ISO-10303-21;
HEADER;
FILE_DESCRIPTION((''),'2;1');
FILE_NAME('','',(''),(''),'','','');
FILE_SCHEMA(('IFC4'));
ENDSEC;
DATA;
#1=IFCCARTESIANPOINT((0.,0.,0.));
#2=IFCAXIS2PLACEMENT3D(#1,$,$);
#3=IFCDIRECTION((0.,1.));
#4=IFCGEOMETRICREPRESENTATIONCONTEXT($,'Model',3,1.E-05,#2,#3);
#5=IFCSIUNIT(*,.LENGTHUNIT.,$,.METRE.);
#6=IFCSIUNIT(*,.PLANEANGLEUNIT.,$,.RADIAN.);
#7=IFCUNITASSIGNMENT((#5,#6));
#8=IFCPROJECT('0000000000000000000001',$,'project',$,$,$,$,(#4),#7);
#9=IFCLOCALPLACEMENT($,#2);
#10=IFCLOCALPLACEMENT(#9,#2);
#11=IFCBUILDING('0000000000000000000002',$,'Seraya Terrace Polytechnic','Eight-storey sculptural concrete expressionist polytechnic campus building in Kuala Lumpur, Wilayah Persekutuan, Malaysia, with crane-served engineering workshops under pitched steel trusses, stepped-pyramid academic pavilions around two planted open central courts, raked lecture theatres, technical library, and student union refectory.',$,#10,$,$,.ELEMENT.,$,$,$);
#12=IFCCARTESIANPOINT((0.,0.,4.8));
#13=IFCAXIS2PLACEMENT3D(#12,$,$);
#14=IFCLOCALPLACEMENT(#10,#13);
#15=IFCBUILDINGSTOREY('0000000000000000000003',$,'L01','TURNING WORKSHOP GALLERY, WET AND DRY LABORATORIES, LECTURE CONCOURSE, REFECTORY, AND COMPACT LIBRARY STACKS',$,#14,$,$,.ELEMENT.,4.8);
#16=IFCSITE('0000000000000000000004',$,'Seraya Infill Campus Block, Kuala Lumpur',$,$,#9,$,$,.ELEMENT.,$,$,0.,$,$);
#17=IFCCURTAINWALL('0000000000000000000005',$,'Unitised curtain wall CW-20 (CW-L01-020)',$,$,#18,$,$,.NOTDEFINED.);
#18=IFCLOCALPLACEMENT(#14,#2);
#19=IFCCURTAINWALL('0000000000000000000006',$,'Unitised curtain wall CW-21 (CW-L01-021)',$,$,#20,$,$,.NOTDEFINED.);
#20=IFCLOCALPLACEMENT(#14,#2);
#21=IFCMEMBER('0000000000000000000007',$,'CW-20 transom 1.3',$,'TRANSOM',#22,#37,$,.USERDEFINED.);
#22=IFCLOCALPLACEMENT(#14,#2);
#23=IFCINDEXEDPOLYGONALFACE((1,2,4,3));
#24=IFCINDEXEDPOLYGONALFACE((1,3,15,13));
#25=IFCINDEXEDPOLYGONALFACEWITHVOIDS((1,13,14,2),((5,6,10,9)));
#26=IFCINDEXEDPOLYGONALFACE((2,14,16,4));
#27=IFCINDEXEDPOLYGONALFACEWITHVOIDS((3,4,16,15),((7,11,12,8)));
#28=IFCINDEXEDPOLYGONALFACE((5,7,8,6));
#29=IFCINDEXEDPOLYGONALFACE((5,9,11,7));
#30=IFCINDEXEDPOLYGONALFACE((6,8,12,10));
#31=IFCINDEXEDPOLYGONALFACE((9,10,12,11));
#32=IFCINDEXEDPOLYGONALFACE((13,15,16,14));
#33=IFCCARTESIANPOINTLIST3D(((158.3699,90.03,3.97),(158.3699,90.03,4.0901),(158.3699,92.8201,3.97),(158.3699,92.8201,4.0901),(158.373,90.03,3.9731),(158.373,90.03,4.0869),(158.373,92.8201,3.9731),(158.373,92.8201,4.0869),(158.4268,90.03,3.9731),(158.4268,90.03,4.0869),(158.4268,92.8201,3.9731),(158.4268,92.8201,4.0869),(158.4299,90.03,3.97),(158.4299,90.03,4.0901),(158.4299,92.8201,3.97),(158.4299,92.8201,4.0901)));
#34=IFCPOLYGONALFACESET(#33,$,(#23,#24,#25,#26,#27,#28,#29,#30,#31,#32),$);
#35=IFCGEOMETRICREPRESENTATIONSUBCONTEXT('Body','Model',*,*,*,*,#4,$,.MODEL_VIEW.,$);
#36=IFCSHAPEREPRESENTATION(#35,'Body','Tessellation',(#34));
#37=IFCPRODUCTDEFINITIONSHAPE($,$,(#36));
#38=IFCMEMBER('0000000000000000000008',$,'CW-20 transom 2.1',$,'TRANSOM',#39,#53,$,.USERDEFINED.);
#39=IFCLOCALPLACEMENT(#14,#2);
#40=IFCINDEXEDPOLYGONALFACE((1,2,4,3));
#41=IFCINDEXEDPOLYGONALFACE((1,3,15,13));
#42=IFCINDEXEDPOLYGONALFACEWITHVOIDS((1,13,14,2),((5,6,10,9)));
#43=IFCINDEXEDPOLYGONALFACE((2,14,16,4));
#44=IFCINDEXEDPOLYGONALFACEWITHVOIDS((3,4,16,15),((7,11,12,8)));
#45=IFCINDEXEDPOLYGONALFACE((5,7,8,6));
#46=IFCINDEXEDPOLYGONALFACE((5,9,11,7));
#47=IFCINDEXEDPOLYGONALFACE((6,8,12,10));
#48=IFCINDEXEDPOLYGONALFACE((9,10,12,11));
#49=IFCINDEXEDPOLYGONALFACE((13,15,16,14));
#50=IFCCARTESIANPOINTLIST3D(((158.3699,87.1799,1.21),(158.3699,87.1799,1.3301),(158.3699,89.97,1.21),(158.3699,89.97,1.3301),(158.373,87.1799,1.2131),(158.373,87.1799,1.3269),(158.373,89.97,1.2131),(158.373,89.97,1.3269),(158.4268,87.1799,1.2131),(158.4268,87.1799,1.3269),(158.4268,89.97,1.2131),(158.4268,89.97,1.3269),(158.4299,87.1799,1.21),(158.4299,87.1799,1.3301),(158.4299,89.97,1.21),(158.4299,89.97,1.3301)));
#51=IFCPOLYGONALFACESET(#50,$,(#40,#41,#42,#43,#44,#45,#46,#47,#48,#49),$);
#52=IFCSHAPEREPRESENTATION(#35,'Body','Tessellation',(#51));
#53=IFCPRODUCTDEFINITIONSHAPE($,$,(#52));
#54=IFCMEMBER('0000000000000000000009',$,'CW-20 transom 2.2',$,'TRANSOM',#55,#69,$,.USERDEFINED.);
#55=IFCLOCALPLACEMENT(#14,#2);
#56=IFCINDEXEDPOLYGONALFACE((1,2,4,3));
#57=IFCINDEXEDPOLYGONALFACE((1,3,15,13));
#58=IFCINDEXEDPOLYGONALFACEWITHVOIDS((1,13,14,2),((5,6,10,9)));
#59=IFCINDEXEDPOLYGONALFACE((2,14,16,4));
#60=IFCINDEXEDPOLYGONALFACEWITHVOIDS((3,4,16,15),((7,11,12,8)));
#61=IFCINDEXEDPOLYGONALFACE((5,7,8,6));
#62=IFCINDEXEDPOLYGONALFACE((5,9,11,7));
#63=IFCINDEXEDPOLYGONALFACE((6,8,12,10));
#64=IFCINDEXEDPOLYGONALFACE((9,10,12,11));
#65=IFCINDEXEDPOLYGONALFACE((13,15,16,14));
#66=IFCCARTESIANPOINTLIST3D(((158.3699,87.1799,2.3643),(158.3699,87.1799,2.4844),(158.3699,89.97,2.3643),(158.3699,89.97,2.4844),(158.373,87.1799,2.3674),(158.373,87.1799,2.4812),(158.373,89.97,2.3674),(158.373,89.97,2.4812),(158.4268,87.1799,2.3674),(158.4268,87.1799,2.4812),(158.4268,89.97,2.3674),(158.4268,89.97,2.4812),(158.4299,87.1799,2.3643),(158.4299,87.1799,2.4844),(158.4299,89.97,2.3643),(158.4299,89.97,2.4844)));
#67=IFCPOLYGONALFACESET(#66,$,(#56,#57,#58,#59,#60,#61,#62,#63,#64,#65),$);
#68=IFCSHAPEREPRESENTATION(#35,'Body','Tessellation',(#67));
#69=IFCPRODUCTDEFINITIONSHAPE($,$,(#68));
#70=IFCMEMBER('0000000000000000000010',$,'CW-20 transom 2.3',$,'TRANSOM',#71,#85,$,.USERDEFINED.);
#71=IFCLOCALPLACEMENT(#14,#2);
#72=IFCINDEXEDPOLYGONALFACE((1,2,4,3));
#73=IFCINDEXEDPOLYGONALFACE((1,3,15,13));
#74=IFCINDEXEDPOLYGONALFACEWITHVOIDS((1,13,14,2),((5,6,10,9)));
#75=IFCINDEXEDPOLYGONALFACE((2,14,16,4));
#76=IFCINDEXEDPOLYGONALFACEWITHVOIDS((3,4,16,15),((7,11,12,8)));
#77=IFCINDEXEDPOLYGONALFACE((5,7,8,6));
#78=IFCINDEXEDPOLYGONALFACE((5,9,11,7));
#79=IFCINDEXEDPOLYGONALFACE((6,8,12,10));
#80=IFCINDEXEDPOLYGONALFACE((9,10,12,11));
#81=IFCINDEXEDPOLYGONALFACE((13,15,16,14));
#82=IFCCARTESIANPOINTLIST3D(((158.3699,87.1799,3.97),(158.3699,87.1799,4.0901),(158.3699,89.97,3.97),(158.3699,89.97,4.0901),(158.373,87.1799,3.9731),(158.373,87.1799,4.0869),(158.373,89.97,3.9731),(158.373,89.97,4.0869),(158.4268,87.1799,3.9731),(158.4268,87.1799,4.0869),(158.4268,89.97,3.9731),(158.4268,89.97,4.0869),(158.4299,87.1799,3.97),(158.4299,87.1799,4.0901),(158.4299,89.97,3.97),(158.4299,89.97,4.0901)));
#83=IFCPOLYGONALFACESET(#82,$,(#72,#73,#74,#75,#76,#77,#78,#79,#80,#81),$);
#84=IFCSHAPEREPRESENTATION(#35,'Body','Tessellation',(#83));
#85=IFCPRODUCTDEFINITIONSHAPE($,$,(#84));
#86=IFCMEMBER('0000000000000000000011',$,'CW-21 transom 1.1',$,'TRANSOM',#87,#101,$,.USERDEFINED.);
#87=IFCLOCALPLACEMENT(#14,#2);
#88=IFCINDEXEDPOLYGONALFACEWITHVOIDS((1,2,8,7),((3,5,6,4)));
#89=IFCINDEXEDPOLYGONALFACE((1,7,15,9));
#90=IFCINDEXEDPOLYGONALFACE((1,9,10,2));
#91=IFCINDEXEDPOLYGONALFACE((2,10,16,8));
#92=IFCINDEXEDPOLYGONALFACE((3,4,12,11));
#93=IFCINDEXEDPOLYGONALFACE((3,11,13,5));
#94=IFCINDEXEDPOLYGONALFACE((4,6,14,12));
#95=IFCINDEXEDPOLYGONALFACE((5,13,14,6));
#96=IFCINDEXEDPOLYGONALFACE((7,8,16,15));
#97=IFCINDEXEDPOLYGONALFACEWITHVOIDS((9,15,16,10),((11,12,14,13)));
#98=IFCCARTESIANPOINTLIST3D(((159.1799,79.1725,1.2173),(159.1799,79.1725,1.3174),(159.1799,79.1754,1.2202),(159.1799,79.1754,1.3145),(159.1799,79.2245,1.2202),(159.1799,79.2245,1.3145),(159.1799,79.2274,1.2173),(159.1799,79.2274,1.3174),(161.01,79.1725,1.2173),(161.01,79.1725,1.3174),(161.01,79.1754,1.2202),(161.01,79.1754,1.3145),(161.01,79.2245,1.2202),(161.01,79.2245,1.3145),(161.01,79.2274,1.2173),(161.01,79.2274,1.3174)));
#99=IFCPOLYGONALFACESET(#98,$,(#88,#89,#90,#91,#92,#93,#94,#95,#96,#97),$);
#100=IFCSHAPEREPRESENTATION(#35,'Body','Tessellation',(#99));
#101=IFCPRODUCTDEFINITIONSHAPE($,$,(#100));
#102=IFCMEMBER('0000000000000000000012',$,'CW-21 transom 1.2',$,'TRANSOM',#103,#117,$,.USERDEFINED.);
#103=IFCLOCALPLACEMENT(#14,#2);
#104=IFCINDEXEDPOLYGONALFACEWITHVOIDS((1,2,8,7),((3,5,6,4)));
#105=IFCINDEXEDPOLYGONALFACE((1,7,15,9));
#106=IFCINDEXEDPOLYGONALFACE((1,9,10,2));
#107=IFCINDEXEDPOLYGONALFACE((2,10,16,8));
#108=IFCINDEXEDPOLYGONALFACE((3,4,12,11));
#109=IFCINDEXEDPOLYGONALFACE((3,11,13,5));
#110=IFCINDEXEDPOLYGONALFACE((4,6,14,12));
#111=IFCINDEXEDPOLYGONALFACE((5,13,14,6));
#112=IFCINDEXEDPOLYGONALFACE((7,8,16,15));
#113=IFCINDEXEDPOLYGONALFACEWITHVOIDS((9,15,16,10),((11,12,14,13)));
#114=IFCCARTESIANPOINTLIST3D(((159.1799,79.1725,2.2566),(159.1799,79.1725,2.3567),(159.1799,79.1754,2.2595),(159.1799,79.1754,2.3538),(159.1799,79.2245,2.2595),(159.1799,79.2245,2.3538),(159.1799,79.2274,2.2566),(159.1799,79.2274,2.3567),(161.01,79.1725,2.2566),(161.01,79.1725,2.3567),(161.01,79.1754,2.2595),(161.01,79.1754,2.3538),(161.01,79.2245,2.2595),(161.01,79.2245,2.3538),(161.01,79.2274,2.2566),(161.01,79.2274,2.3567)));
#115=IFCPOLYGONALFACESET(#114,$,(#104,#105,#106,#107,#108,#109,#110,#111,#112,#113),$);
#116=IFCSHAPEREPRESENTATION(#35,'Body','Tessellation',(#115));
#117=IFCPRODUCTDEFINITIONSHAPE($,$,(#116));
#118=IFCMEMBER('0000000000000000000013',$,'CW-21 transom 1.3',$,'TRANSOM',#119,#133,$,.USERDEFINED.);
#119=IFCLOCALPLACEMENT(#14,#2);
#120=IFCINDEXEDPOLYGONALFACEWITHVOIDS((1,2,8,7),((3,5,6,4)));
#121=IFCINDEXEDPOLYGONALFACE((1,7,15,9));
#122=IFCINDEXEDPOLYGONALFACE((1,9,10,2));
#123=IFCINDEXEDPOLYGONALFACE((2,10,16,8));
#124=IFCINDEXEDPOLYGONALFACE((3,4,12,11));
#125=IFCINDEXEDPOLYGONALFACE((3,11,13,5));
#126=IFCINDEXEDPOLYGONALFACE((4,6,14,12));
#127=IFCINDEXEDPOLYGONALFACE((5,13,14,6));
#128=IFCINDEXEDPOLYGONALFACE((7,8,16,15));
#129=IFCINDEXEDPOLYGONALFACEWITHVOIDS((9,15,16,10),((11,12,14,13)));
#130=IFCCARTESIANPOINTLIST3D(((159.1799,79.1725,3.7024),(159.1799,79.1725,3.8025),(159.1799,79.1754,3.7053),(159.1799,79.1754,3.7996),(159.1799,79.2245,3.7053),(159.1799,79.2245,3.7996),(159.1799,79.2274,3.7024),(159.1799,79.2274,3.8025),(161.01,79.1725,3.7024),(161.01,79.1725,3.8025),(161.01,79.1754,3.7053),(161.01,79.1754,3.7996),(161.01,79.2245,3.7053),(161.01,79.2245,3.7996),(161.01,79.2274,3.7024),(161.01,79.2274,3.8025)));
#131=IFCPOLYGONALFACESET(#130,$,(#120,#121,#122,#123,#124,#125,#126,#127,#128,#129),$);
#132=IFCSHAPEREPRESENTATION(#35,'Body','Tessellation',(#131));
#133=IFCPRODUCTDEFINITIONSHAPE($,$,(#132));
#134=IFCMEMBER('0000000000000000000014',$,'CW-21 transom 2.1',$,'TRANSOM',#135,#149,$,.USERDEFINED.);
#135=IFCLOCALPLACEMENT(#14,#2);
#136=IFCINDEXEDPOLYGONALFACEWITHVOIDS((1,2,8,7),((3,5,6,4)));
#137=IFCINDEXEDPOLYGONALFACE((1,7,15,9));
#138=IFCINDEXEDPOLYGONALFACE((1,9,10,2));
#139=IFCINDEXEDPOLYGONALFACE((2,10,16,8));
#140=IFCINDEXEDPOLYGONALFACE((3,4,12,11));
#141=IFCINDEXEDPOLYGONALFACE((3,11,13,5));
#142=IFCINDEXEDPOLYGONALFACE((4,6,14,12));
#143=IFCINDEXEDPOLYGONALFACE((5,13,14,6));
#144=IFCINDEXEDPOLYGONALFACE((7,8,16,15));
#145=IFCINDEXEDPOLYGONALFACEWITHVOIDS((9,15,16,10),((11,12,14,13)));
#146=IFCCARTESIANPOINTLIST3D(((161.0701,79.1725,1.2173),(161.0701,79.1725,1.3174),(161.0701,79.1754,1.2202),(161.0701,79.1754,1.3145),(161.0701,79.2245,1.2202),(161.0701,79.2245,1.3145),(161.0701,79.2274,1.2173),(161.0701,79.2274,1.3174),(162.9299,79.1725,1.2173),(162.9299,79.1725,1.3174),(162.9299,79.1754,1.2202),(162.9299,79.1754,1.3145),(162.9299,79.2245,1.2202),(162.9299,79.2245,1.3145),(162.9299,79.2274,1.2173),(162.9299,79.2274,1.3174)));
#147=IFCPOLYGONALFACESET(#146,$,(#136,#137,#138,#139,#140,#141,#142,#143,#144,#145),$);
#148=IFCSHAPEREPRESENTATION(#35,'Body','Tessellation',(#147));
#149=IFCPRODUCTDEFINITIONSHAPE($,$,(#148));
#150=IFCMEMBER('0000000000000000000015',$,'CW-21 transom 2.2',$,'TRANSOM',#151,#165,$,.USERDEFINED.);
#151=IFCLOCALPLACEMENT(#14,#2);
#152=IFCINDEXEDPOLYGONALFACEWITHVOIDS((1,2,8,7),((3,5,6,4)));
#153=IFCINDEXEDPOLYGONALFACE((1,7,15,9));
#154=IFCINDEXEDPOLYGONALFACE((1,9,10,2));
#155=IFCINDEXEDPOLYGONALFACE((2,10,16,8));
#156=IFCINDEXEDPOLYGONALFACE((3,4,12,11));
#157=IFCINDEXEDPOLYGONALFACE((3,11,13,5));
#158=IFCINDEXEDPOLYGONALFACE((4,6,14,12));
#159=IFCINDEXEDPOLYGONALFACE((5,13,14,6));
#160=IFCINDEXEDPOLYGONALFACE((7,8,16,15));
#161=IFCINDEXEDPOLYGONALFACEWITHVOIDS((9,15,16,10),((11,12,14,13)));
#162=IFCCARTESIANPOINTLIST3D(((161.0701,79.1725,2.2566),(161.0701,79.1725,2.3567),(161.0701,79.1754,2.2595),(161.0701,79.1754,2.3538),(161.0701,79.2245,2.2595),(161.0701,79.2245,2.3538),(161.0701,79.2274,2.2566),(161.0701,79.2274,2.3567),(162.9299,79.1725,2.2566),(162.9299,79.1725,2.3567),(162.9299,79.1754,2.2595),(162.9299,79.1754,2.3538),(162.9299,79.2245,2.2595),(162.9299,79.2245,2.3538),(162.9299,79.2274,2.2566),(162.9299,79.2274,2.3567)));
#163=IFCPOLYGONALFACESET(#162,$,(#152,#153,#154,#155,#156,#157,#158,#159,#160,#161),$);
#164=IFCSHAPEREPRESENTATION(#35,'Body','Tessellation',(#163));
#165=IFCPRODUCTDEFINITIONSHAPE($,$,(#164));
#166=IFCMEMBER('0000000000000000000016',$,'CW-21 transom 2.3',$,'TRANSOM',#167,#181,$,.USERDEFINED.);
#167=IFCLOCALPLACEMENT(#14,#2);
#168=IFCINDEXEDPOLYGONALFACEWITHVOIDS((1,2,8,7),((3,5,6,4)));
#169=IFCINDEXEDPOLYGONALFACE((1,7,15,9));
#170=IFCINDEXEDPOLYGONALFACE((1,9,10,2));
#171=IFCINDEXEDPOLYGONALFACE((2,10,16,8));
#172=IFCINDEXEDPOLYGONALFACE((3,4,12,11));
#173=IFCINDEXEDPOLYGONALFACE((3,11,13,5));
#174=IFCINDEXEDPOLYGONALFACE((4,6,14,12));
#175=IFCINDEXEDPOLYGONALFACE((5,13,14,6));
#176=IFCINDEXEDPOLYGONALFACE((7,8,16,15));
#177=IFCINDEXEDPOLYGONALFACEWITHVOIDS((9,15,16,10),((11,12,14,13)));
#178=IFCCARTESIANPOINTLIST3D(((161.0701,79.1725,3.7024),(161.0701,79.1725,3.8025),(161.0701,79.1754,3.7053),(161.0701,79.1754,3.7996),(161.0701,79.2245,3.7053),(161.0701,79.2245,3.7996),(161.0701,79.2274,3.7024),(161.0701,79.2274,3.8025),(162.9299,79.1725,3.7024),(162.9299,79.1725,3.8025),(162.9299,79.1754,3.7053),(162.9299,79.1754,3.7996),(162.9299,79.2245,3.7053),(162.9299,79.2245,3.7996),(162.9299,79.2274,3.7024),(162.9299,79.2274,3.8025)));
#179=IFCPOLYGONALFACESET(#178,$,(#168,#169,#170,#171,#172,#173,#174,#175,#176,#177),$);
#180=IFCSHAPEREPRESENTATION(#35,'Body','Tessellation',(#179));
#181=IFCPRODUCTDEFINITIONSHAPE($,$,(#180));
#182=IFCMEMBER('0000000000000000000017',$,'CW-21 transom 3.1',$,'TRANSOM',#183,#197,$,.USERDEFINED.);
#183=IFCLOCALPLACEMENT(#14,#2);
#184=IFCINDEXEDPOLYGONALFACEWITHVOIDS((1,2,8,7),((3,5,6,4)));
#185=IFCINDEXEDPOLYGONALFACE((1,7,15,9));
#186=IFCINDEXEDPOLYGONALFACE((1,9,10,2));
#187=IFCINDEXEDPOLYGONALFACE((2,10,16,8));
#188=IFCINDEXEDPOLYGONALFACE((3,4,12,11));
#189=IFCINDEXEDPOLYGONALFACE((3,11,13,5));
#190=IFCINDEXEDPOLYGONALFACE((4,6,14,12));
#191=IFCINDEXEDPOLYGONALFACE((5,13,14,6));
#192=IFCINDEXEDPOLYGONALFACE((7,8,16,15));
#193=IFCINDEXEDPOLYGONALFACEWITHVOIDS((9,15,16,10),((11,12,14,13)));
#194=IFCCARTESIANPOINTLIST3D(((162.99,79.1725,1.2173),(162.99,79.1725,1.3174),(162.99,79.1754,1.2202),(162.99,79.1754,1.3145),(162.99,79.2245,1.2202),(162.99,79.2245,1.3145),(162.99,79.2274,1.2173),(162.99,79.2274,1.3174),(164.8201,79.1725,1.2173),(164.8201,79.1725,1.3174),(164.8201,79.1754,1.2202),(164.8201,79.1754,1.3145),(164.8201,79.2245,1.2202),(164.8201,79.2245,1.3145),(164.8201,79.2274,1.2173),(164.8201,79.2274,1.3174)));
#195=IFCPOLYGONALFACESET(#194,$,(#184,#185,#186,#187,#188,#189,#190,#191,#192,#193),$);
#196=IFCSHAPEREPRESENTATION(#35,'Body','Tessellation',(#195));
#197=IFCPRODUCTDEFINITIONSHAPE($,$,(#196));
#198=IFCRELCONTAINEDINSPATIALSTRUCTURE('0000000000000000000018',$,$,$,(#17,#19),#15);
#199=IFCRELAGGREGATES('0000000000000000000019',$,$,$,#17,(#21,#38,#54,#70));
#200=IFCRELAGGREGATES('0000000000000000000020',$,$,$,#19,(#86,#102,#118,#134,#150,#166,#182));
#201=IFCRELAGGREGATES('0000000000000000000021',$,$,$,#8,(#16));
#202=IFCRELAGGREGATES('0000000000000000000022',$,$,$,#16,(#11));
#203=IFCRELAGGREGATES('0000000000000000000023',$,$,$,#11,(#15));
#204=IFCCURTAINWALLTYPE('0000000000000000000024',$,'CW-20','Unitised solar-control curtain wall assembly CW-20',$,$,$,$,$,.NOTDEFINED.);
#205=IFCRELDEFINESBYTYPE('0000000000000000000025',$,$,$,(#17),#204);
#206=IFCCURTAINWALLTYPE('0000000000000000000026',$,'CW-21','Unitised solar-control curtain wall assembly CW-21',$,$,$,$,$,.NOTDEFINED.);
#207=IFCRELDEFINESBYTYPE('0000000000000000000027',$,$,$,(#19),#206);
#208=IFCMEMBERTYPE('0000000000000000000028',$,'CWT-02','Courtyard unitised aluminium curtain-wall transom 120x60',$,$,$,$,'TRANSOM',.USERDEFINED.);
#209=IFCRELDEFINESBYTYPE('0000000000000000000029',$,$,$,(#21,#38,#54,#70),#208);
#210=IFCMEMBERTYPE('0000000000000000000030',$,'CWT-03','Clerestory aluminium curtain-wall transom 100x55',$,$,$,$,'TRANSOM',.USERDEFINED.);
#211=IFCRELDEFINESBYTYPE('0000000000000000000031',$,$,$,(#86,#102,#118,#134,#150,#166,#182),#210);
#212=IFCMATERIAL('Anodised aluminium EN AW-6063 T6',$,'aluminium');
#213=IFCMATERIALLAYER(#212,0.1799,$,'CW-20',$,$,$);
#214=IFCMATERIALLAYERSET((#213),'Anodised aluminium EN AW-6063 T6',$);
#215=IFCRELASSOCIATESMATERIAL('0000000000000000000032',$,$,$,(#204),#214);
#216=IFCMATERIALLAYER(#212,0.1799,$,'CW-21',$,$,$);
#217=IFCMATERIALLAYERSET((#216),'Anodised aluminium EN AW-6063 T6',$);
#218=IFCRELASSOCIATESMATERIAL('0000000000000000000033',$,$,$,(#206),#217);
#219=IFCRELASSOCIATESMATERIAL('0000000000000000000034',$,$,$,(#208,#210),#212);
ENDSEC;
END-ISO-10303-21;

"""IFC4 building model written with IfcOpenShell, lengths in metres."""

from ifc_helpers import new_model, si_unit, direction, frame, origin, origin_2d, place, context, subcontext, project, spatial, hollow_rectangle, extrude, material, layer, layer_set, material_profile, profile_set, type_object, element, aggregate, save


model = new_model("IFC4")

# Units and contexts
model_context = context("Model", 3, precision=1e-05, world=origin(), true_north=direction((0.0, 1.0)))
body_context = subcontext(model_context, "Body", "Model", "MODEL_VIEW")
ifc_project = project(units=[si_unit("LENGTHUNIT", "METRE"), si_unit("PLANEANGLEUNIT", "RADIAN")], contexts=[model_context])

# Site, building, storey
site_placement = place(None, origin())
site = spatial("IfcSite", under=ifc_project, at=site_placement, Name="Seraya Infill Campus Block, Kuala Lumpur", CompositionType="ELEMENT", RefElevation=0.0)
building_placement = place(site_placement, origin())
building = spatial("IfcBuilding", under=site, at=building_placement, Name="Seraya Terrace Polytechnic", Description="Eight-storey sculptural concrete expressionist polytechnic campus building in Kuala Lumpur, Wilayah Persekutuan, Malaysia, with crane-served engineering workshops under pitched steel trusses, stepped-pyramid academic pavilions around two planted open central courts, raked lecture theatres, technical library, and student union refectory.", CompositionType="ELEMENT")
storey_placement = place(building_placement, frame((0.0, 0.0, 4.8)))
storey = spatial("IfcBuildingStorey", under=building, at=storey_placement, Name="L01", Description="TURNING WORKSHOP GALLERY, WET AND DRY LABORATORIES, LECTURE CONCOURSE, REFECTORY, AND COMPACT LIBRARY STACKS", CompositionType="ELEMENT", Elevation=4.8)

# Curtain walls
ifc_material_1 = material(Name="Anodised aluminium EN AW-6063 T6", Category="aluminium")
ifc_layer_1 = layer(ifc_material_1, 0.1799, Name="CW-20")
ifc_layer_set_1 = layer_set([ifc_layer_1], Name="Anodised aluminium EN AW-6063 T6")
curtain_wall_type_1 = type_object("IfcCurtainWallType", Name="CW-20", Description="Unitised solar-control curtain wall assembly CW-20", PredefinedType="NOTDEFINED", material=ifc_layer_set_1)
curtain_wall_1_placement = place(storey_placement, origin())
curtain_wall_1 = element("IfcCurtainWall", 1, at=curtain_wall_1_placement, inside=storey, type_object=curtain_wall_type_1, Name="Unitised curtain wall CW-20 (CW-L01-020)", PredefinedType="NOTDEFINED")
ifc_layer_2 = layer(ifc_material_1, 0.1799, Name="CW-21")
ifc_layer_set_2 = layer_set([ifc_layer_2], Name="Anodised aluminium EN AW-6063 T6")
curtain_wall_type_2 = type_object("IfcCurtainWallType", Name="CW-21", Description="Unitised solar-control curtain wall assembly CW-21", PredefinedType="NOTDEFINED", material=ifc_layer_set_2)
curtain_wall_2_placement = place(storey_placement, origin())
curtain_wall_2 = element("IfcCurtainWall", 2, at=curtain_wall_2_placement, inside=storey, type_object=curtain_wall_type_2, Name="Unitised curtain wall CW-21 (CW-L01-021)", PredefinedType="NOTDEFINED")

# Members
ifc_material_profile_1 = material_profile(ifc_material_1, hollow_rectangle(XDim=0.0601, YDim=0.1201, WallThickness=0.0032, at=origin_2d()), Name="RHS 120x60x3.2")
ifc_profile_set_1 = profile_set([ifc_material_profile_1], Name="Anodised aluminium EN AW-6063 T6")
member_type_1 = type_object("IfcMemberType", Name="CWT-02", Description="Courtyard unitised aluminium curtain-wall transom 120x60", ElementType="TRANSOM", PredefinedType="USERDEFINED", material=ifc_profile_set_1)
member_1_placement = place(storey_placement, frame((158.3999, 92.8201, 4.03), z_axis=(0.0, -1.0, 0.0), x_axis=(1.0, 0.0, 0.0)))
member_1 = element("IfcMember", 3, at=member_1_placement, type_object=member_type_1, Name="CW-20 transom 1.3", ObjectType="TRANSOM", PredefinedType="USERDEFINED", context=body_context, shape_type="SweptSolid", body=[
    extrude(hollow_rectangle(XDim=0.0601, YDim=0.1201, WallThickness=0.0032, at=origin_2d()), origin(), (0.0, 0.0, 1.0), 2.79),
])
member_2_placement = place(storey_placement, frame((158.3999, 89.97, 1.27), z_axis=(0.0, -1.0, 0.0), x_axis=(1.0, 0.0, 0.0)))
member_2 = element("IfcMember", 4, at=member_2_placement, type_object=member_type_1, Name="CW-20 transom 2.1", ObjectType="TRANSOM", PredefinedType="USERDEFINED", context=body_context, shape_type="SweptSolid", body=[
    extrude(hollow_rectangle(XDim=0.0601, YDim=0.1201, WallThickness=0.0032, at=origin_2d()), origin(), (0.0, 0.0, 1.0), 2.79),
])
member_3_placement = place(storey_placement, frame((158.3999, 89.97, 2.4243), z_axis=(0.0, -1.0, 0.0), x_axis=(1.0, 0.0, 0.0)))
member_3 = element("IfcMember", 5, at=member_3_placement, type_object=member_type_1, Name="CW-20 transom 2.2", ObjectType="TRANSOM", PredefinedType="USERDEFINED", context=body_context, shape_type="SweptSolid", body=[
    extrude(hollow_rectangle(XDim=0.0601, YDim=0.1201, WallThickness=0.0032, at=origin_2d()), origin(), (0.0, 0.0, 1.0), 2.79),
])
member_4_placement = place(storey_placement, frame((158.3999, 89.97, 4.03), z_axis=(0.0, -1.0, 0.0), x_axis=(1.0, 0.0, 0.0)))
member_4 = element("IfcMember", 6, at=member_4_placement, type_object=member_type_1, Name="CW-20 transom 2.3", ObjectType="TRANSOM", PredefinedType="USERDEFINED", context=body_context, shape_type="SweptSolid", body=[
    extrude(hollow_rectangle(XDim=0.0601, YDim=0.1201, WallThickness=0.0032, at=origin_2d()), origin(), (0.0, 0.0, 1.0), 2.79),
])
ifc_material_profile_2 = material_profile(ifc_material_1, hollow_rectangle(XDim=0.0549, YDim=0.1001, WallThickness=0.0029, at=origin_2d()), Name="RHS 100x55x3.0")
ifc_profile_set_2 = profile_set([ifc_material_profile_2], Name="Anodised aluminium EN AW-6063 T6")
member_type_2 = type_object("IfcMemberType", Name="CWT-03", Description="Clerestory aluminium curtain-wall transom 100x55", ElementType="TRANSOM", PredefinedType="USERDEFINED", material=ifc_profile_set_2)
member_5_placement = place(storey_placement, frame((159.1799, 79.2, 1.2673), z_axis=(1.0, 0.0, 0.0), x_axis=(0.0, 1.0, 0.0)))
member_5 = element("IfcMember", 7, at=member_5_placement, type_object=member_type_2, Name="CW-21 transom 1.1", ObjectType="TRANSOM", PredefinedType="USERDEFINED", context=body_context, shape_type="SweptSolid", body=[
    extrude(hollow_rectangle(XDim=0.0549, YDim=0.1001, WallThickness=0.0029, at=origin_2d()), origin(), (0.0, 0.0, 1.0), 1.8301),
])
member_6_placement = place(storey_placement, frame((159.1799, 79.2, 2.3066), z_axis=(1.0, 0.0, 0.0), x_axis=(0.0, 1.0, 0.0)))
member_6 = element("IfcMember", 8, at=member_6_placement, type_object=member_type_2, Name="CW-21 transom 1.2", ObjectType="TRANSOM", PredefinedType="USERDEFINED", context=body_context, shape_type="SweptSolid", body=[
    extrude(hollow_rectangle(XDim=0.0549, YDim=0.1001, WallThickness=0.0029, at=origin_2d()), origin(), (0.0, 0.0, 1.0), 1.8301),
])
member_7_placement = place(storey_placement, frame((159.1799, 79.2, 3.7524), z_axis=(1.0, 0.0, 0.0), x_axis=(0.0, 1.0, 0.0)))
member_7 = element("IfcMember", 9, at=member_7_placement, type_object=member_type_2, Name="CW-21 transom 1.3", ObjectType="TRANSOM", PredefinedType="USERDEFINED", context=body_context, shape_type="SweptSolid", body=[
    extrude(hollow_rectangle(XDim=0.0549, YDim=0.1001, WallThickness=0.0029, at=origin_2d()), origin(), (0.0, 0.0, 1.0), 1.8301),
])
member_8_placement = place(storey_placement, frame((161.0701, 79.2, 1.2673), z_axis=(1.0, 0.0, 0.0), x_axis=(0.0, 1.0, 0.0)))
member_8 = element("IfcMember", 10, at=member_8_placement, type_object=member_type_2, Name="CW-21 transom 2.1", ObjectType="TRANSOM", PredefinedType="USERDEFINED", context=body_context, shape_type="SweptSolid", body=[
    extrude(hollow_rectangle(XDim=0.0549, YDim=0.1001, WallThickness=0.0029, at=origin_2d()), origin(), (0.0, 0.0, 1.0), 1.8599),
])
member_9_placement = place(storey_placement, frame((161.0701, 79.2, 2.3066), z_axis=(1.0, 0.0, 0.0), x_axis=(0.0, 1.0, 0.0)))
member_9 = element("IfcMember", 11, at=member_9_placement, type_object=member_type_2, Name="CW-21 transom 2.2", ObjectType="TRANSOM", PredefinedType="USERDEFINED", context=body_context, shape_type="SweptSolid", body=[
    extrude(hollow_rectangle(XDim=0.0549, YDim=0.1001, WallThickness=0.0029, at=origin_2d()), origin(), (0.0, 0.0, 1.0), 1.8599),
])
member_10_placement = place(storey_placement, frame((161.0701, 79.2, 3.7524), z_axis=(1.0, 0.0, 0.0), x_axis=(0.0, 1.0, 0.0)))
member_10 = element("IfcMember", 12, at=member_10_placement, type_object=member_type_2, Name="CW-21 transom 2.3", ObjectType="TRANSOM", PredefinedType="USERDEFINED", context=body_context, shape_type="SweptSolid", body=[
    extrude(hollow_rectangle(XDim=0.0549, YDim=0.1001, WallThickness=0.0029, at=origin_2d()), origin(), (0.0, 0.0, 1.0), 1.8599),
])
member_11_placement = place(storey_placement, frame((162.99, 79.2, 1.2673), z_axis=(1.0, 0.0, 0.0), x_axis=(0.0, 1.0, 0.0)))
member_11 = element("IfcMember", 13, at=member_11_placement, type_object=member_type_2, Name="CW-21 transom 3.1", ObjectType="TRANSOM", PredefinedType="USERDEFINED", context=body_context, shape_type="SweptSolid", body=[
    extrude(hollow_rectangle(XDim=0.0549, YDim=0.1001, WallThickness=0.0029, at=origin_2d()), origin(), (0.0, 0.0, 1.0), 1.8301),
])

aggregate(curtain_wall_1, [member_1, member_2, member_3, member_4])
aggregate(curtain_wall_2, [member_5, member_6, member_7, member_8, member_9, member_10, member_11])

save(model, "model.ifc")
